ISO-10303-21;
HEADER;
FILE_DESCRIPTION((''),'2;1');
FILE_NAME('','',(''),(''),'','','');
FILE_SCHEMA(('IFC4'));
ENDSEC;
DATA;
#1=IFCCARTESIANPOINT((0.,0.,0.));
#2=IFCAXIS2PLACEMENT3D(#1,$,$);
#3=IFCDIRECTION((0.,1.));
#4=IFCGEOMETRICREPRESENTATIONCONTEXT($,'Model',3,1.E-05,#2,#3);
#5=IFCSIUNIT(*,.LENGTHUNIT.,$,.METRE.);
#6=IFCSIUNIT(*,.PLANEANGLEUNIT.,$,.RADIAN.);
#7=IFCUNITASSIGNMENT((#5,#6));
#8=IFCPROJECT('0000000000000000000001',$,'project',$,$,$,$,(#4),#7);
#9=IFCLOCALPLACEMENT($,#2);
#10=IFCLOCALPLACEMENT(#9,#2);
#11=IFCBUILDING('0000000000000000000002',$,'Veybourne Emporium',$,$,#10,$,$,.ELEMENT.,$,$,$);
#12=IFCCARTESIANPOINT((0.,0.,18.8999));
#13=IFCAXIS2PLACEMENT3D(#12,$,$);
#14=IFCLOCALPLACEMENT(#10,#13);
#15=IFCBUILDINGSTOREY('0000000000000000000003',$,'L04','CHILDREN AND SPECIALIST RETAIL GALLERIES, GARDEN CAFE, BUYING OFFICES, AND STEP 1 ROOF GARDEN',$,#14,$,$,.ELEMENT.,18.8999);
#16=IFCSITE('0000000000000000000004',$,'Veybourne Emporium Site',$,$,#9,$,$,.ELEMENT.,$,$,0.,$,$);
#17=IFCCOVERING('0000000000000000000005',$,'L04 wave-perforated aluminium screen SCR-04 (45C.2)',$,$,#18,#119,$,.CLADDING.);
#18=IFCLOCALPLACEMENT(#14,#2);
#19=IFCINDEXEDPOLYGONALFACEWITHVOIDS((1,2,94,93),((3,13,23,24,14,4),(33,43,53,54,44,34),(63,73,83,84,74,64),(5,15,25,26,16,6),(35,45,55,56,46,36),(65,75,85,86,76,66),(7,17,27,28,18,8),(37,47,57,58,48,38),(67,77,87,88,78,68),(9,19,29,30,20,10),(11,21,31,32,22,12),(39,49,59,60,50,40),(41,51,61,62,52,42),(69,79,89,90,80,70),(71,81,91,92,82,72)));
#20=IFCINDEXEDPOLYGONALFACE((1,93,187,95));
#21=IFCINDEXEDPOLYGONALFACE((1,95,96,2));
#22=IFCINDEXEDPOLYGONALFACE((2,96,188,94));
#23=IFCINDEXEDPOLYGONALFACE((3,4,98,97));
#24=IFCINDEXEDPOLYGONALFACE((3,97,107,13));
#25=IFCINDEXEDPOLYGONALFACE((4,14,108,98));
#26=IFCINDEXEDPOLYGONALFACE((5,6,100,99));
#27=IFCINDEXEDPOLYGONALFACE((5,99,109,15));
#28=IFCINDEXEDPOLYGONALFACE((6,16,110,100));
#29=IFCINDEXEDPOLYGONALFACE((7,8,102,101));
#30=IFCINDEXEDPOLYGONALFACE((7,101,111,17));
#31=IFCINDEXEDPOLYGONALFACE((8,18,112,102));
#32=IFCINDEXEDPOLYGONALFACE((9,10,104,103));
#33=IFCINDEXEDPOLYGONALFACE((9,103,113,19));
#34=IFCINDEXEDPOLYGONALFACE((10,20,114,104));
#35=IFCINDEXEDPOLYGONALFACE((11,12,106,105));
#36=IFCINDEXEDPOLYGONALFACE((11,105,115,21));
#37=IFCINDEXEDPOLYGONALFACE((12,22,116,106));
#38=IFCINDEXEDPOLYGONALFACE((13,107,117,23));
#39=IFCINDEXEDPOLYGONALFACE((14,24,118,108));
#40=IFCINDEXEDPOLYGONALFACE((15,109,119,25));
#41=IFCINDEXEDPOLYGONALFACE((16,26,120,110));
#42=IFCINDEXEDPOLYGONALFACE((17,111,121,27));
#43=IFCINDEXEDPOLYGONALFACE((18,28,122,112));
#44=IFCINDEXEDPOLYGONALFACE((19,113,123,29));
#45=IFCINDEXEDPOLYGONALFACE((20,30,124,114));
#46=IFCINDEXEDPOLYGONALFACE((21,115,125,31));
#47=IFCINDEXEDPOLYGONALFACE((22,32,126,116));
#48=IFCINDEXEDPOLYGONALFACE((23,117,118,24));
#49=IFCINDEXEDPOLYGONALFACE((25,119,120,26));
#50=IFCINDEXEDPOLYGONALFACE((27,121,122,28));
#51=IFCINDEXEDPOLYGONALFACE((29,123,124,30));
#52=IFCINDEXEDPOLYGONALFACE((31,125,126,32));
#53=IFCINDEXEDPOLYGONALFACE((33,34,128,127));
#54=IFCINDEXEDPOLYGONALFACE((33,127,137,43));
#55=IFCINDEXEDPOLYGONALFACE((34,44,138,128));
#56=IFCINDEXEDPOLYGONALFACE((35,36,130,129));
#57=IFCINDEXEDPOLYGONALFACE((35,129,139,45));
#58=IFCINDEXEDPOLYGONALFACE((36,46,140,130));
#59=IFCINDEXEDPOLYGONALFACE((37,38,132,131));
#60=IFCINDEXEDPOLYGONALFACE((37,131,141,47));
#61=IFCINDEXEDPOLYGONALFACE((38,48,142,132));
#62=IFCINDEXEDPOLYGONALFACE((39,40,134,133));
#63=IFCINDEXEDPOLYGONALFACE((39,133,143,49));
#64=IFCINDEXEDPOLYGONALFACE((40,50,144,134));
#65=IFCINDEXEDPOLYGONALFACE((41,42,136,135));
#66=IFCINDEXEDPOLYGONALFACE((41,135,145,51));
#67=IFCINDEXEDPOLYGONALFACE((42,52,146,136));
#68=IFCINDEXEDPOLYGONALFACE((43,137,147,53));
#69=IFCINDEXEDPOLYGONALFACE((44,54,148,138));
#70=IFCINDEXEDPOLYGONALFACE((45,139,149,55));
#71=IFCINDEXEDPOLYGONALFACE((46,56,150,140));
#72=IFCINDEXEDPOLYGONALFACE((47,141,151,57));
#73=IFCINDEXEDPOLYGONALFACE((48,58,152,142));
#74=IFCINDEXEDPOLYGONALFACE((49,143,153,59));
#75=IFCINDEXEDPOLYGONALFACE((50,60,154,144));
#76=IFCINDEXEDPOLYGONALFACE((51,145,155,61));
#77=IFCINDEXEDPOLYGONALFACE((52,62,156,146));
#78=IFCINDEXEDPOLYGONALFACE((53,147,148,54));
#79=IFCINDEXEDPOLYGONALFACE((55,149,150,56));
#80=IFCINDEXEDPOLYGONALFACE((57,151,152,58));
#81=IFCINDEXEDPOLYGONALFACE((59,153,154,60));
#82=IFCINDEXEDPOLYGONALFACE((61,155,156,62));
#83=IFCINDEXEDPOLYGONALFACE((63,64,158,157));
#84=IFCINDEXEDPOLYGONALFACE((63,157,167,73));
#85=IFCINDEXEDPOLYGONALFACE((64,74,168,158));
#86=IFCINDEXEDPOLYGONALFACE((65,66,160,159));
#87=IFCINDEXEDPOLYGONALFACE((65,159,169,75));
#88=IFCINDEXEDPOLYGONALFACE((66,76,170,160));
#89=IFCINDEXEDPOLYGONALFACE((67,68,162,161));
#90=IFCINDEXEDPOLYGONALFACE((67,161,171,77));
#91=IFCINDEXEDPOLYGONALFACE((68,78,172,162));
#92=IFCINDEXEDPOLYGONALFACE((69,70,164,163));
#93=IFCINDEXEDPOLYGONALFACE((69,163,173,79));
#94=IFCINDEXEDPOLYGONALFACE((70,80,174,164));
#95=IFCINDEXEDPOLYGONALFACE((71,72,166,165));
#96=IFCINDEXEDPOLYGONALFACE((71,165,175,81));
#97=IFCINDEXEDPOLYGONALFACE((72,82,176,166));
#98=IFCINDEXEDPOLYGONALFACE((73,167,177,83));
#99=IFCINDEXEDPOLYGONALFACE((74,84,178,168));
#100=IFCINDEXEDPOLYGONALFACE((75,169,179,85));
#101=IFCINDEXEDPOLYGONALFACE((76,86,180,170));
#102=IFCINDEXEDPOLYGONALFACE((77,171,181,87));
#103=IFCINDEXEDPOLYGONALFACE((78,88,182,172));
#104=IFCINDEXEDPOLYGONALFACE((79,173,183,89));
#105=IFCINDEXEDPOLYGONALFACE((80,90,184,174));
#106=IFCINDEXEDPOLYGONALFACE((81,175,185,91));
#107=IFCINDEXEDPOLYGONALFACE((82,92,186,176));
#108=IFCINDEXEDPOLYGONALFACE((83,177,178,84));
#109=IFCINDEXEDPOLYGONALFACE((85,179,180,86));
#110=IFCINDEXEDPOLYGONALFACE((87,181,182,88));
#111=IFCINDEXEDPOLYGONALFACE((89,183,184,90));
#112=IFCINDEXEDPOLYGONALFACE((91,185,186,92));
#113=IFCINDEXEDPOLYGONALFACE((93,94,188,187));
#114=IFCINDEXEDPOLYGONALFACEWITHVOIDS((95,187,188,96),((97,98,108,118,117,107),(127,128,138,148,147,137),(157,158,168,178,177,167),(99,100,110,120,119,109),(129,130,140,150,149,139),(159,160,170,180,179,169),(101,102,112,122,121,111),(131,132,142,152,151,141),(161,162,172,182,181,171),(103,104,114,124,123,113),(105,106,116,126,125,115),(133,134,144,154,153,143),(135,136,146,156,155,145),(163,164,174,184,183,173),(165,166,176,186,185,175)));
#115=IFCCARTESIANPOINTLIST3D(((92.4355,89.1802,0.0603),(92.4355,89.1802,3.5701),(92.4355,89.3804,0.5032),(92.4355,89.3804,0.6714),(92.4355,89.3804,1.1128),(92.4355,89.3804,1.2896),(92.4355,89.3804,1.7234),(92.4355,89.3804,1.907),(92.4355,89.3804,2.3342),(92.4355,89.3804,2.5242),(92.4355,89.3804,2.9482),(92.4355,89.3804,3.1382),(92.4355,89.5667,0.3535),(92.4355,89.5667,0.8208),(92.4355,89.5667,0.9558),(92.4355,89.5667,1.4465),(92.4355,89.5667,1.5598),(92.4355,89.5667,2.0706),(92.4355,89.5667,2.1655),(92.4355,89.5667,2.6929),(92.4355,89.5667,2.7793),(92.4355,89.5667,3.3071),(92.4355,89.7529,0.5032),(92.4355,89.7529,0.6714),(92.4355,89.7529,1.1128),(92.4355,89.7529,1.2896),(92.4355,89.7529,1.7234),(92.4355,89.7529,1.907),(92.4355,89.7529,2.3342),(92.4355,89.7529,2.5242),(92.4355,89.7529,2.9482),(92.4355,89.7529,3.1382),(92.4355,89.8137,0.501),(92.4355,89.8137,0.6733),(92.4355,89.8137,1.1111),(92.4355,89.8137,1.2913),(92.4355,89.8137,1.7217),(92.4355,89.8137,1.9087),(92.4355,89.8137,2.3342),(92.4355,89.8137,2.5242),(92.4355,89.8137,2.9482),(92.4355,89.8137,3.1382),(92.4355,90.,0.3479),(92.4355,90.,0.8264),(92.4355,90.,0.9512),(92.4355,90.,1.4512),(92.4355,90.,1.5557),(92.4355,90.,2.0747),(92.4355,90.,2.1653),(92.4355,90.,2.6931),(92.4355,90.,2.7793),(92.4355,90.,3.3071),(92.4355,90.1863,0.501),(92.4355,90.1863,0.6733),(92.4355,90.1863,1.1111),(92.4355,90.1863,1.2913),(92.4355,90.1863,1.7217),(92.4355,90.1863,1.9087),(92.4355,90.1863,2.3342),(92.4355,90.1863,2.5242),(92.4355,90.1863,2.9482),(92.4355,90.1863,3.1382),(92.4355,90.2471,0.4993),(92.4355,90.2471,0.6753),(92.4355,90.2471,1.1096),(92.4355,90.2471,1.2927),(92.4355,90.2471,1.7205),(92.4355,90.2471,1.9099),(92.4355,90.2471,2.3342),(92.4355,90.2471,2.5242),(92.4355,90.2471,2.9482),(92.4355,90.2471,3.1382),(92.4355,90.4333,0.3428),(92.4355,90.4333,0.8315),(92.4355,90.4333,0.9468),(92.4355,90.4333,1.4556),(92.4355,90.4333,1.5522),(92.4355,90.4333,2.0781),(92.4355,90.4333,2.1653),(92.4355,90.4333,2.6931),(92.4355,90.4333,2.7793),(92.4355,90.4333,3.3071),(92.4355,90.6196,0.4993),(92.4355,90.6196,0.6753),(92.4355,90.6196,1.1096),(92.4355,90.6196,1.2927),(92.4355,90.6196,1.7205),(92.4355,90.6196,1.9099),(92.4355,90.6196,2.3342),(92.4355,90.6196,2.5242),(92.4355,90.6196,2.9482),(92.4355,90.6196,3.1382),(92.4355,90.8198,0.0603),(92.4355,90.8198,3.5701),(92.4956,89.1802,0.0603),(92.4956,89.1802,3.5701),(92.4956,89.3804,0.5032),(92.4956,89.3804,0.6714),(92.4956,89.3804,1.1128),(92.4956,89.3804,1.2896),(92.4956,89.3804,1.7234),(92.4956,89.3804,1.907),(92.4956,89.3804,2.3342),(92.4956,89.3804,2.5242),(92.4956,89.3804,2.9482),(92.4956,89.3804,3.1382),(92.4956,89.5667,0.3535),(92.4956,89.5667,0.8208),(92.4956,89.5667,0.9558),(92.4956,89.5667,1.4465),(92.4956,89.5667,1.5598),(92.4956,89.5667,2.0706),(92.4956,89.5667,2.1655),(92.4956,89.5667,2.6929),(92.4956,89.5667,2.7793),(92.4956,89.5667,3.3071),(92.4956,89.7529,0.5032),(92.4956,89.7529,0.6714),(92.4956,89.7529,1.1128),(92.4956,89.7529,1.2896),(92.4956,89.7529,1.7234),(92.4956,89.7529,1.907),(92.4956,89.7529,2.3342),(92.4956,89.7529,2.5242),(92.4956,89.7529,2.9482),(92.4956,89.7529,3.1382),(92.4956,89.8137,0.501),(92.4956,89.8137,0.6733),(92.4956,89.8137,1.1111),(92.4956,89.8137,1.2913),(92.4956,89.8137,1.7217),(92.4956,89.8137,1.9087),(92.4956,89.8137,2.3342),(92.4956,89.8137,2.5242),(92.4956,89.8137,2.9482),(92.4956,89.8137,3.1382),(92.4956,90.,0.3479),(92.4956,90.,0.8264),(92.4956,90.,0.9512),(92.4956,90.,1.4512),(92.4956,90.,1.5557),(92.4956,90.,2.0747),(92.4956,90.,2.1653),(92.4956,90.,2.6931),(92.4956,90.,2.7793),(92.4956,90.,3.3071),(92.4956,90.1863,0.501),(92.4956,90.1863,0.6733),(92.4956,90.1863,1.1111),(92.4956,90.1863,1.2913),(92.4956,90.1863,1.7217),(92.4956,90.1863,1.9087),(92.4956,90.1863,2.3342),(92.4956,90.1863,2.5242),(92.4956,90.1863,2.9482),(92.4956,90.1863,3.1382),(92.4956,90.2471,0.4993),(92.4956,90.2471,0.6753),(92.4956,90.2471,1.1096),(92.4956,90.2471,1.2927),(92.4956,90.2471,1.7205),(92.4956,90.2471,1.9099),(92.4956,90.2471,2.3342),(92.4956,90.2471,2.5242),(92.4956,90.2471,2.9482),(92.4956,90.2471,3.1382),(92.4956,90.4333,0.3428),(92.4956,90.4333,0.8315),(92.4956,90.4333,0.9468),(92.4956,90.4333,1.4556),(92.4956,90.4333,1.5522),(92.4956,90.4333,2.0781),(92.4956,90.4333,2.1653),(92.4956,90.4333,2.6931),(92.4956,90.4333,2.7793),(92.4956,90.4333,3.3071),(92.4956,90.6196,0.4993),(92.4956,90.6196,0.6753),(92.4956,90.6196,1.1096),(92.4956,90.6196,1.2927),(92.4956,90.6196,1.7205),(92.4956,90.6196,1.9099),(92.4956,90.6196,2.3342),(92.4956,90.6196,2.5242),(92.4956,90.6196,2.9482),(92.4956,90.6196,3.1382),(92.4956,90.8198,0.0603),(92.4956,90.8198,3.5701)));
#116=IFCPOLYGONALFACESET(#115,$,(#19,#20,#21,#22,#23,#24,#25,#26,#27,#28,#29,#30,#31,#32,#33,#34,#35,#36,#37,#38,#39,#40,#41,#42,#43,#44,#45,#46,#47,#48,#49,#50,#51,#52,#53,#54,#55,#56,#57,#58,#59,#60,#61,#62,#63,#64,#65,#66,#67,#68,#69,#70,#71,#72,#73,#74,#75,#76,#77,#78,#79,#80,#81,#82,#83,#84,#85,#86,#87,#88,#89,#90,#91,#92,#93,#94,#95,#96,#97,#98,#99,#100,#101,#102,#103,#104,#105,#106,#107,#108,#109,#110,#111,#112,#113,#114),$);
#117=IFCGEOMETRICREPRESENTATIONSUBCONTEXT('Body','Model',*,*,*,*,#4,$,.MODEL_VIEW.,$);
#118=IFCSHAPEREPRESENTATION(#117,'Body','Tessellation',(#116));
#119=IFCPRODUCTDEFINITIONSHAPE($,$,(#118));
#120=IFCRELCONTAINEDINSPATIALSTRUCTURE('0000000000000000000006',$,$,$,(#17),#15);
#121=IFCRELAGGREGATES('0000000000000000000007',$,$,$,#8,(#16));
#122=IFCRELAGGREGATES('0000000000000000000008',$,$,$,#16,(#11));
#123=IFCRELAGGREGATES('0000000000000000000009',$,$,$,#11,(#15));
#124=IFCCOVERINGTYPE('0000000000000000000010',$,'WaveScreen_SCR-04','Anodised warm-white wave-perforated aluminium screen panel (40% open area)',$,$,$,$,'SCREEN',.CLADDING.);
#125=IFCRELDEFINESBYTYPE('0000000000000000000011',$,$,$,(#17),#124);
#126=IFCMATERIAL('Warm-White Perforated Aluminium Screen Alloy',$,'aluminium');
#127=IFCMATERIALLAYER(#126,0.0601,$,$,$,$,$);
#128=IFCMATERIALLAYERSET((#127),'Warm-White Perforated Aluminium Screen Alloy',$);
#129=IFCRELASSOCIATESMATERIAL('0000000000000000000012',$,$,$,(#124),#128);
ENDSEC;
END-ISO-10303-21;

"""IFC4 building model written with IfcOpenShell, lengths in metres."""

from ifc_helpers import new_model, si_unit, direction, frame, origin, place, context, subcontext, project, spatial, polyline, outline, extrude, material, layer, layer_set, type_object, element, save


model = new_model("IFC4")

# Units and contexts
model_context = context("Model", 3, precision=1e-05, world=origin(), true_north=direction((0.0, 1.0)))
body_context = subcontext(model_context, "Body", "Model", "MODEL_VIEW")
ifc_project = project(units=[si_unit("LENGTHUNIT", "METRE"), si_unit("PLANEANGLEUNIT", "RADIAN")], contexts=[model_context])

# Site, building, storey
site_placement = place(None, origin())
site = spatial("IfcSite", under=ifc_project, at=site_placement, Name="Veybourne Emporium Site", CompositionType="ELEMENT", RefElevation=0.0)
building_placement = place(site_placement, origin())
building = spatial("IfcBuilding", under=site, at=building_placement, Name="Veybourne Emporium", CompositionType="ELEMENT")
storey_placement = place(building_placement, frame((0.0, 0.0, 18.8999)))
storey = spatial("IfcBuildingStorey", under=building, at=storey_placement, Name="L04", Description="CHILDREN AND SPECIALIST RETAIL GALLERIES, GARDEN CAFE, BUYING OFFICES, AND STEP 1 ROOF GARDEN", CompositionType="ELEMENT", Elevation=18.8999)

# Covering
ifc_material_1 = material(Name="Warm-White Perforated Aluminium Screen Alloy", Category="aluminium")
ifc_layer_1 = layer(ifc_material_1, 0.0601)
ifc_layer_set_1 = layer_set([ifc_layer_1], Name="Warm-White Perforated Aluminium Screen Alloy")
covering_type_1 = type_object("IfcCoveringType", Name="WaveScreen_SCR-04", Description="Anodised warm-white wave-perforated aluminium screen panel (40% open area)", ElementType="SCREEN", PredefinedType="CLADDING", material=ifc_layer_set_1)
covering_1_placement = place(storey_placement, frame((92.4956, 90.0, 1.8152), z_axis=(-1.0, 0.0, 0.0), x_axis=(0.0, -1.0, 0.0)))
element("IfcCovering", 1, at=covering_1_placement, inside=storey, type_object=covering_type_1, Name="L04 wave-perforated aluminium screen SCR-04 (45C.2)", PredefinedType="CLADDING", context=body_context, shape_type="SweptSolid", body=[
    extrude(outline(polyline([(-0.8198, -1.7549), (0.8198, -1.7549), (0.8198, 1.7549), (-0.8198, 1.7549), (-0.8198, -1.7549)]), holes=[polyline([(-0.4333, -0.9836), (-0.2471, -1.1399), (-0.2471, -1.3159), (-0.4333, -1.4724), (-0.6196, -1.3159), (-0.6196, -1.1399), (-0.4333, -0.9836)]), polyline([(-0.4333, -0.3596), (-0.2471, -0.5225), (-0.2471, -0.7056), (-0.4333, -0.8684), (-0.6196, -0.7056), (-0.6196, -0.5225), (-0.4333, -0.3596)]), polyline([(-0.4333, 0.2629), (-0.2471, 0.0947), (-0.2471, -0.0947), (-0.4333, -0.2629), (-0.6196, -0.0947), (-0.6196, 0.0947), (-0.4333, 0.2629)]), polyline([(-0.4333, 0.8779), (-0.2471, 0.709), (-0.2471, 0.519), (-0.4333, 0.3501), (-0.6196, 0.519), (-0.6196, 0.709), (-0.4333, 0.8779)]), polyline([(-0.4333, 1.4919), (-0.2471, 1.323), (-0.2471, 1.1331), (-0.4333, 0.9641), (-0.6196, 1.1331), (-0.6196, 1.323), (-0.4333, 1.4919)]), polyline([(0.0, -0.9888), (0.1863, -1.1418), (0.1863, -1.3142), (0.0, -1.4673), (-0.1863, -1.3142), (-0.1863, -1.1418), (0.0, -0.9888)]), polyline([(0.0, -0.364), (0.1863, -0.5239), (0.1863, -0.7041), (0.0, -0.864), (-0.1863, -0.7041), (-0.1863, -0.5239), (0.0, -0.364)]), polyline([(0.0, 0.2595), (0.1863, 0.0935), (0.1863, -0.0935), (0.0, -0.2595), (-0.1863, -0.0935), (-0.1863, 0.0935), (0.0, 0.2595)]), polyline([(0.0, 0.8779), (0.1863, 0.709), (0.1863, 0.519), (0.0, 0.3501), (-0.1863, 0.519), (-0.1863, 0.709), (0.0, 0.8779)]), polyline([(0.0, 1.4919), (0.1863, 1.323), (0.1863, 1.1331), (0.0, 0.9641), (-0.1863, 1.1331), (-0.1863, 1.323), (0.0, 1.4919)]), polyline([(0.4333, -0.9944), (0.6196, -1.1438), (0.6196, -1.312), (0.4333, -1.4617), (0.2471, -1.312), (0.2471, -1.1438), (0.4333, -0.9944)]), polyline([(0.4333, -0.3687), (0.6196, -0.5256), (0.6196, -0.7024), (0.4333, -0.8594), (0.2471, -0.7024), (0.2471, -0.5256), (0.4333, -0.3687)]), polyline([(0.4333, 0.2554), (0.6196, 0.0918), (0.6196, -0.0918), (0.4333, -0.2554), (0.2471, -0.0918), (0.2471, 0.0918), (0.4333, 0.2554)]), polyline([(0.4333, 0.8777), (0.6196, 0.709), (0.6196, 0.519), (0.4333, 0.3503), (0.2471, 0.519), (0.2471, 0.709), (0.4333, 0.8777)]), polyline([(0.4333, 1.4919), (0.6196, 1.323), (0.6196, 1.1331), (0.4333, 0.9641), (0.2471, 1.1331), (0.2471, 1.323), (0.4333, 1.4919)])]), origin(), (0.0, 0.0, 1.0), 0.0601),
])

save(model, "model.ifc")
